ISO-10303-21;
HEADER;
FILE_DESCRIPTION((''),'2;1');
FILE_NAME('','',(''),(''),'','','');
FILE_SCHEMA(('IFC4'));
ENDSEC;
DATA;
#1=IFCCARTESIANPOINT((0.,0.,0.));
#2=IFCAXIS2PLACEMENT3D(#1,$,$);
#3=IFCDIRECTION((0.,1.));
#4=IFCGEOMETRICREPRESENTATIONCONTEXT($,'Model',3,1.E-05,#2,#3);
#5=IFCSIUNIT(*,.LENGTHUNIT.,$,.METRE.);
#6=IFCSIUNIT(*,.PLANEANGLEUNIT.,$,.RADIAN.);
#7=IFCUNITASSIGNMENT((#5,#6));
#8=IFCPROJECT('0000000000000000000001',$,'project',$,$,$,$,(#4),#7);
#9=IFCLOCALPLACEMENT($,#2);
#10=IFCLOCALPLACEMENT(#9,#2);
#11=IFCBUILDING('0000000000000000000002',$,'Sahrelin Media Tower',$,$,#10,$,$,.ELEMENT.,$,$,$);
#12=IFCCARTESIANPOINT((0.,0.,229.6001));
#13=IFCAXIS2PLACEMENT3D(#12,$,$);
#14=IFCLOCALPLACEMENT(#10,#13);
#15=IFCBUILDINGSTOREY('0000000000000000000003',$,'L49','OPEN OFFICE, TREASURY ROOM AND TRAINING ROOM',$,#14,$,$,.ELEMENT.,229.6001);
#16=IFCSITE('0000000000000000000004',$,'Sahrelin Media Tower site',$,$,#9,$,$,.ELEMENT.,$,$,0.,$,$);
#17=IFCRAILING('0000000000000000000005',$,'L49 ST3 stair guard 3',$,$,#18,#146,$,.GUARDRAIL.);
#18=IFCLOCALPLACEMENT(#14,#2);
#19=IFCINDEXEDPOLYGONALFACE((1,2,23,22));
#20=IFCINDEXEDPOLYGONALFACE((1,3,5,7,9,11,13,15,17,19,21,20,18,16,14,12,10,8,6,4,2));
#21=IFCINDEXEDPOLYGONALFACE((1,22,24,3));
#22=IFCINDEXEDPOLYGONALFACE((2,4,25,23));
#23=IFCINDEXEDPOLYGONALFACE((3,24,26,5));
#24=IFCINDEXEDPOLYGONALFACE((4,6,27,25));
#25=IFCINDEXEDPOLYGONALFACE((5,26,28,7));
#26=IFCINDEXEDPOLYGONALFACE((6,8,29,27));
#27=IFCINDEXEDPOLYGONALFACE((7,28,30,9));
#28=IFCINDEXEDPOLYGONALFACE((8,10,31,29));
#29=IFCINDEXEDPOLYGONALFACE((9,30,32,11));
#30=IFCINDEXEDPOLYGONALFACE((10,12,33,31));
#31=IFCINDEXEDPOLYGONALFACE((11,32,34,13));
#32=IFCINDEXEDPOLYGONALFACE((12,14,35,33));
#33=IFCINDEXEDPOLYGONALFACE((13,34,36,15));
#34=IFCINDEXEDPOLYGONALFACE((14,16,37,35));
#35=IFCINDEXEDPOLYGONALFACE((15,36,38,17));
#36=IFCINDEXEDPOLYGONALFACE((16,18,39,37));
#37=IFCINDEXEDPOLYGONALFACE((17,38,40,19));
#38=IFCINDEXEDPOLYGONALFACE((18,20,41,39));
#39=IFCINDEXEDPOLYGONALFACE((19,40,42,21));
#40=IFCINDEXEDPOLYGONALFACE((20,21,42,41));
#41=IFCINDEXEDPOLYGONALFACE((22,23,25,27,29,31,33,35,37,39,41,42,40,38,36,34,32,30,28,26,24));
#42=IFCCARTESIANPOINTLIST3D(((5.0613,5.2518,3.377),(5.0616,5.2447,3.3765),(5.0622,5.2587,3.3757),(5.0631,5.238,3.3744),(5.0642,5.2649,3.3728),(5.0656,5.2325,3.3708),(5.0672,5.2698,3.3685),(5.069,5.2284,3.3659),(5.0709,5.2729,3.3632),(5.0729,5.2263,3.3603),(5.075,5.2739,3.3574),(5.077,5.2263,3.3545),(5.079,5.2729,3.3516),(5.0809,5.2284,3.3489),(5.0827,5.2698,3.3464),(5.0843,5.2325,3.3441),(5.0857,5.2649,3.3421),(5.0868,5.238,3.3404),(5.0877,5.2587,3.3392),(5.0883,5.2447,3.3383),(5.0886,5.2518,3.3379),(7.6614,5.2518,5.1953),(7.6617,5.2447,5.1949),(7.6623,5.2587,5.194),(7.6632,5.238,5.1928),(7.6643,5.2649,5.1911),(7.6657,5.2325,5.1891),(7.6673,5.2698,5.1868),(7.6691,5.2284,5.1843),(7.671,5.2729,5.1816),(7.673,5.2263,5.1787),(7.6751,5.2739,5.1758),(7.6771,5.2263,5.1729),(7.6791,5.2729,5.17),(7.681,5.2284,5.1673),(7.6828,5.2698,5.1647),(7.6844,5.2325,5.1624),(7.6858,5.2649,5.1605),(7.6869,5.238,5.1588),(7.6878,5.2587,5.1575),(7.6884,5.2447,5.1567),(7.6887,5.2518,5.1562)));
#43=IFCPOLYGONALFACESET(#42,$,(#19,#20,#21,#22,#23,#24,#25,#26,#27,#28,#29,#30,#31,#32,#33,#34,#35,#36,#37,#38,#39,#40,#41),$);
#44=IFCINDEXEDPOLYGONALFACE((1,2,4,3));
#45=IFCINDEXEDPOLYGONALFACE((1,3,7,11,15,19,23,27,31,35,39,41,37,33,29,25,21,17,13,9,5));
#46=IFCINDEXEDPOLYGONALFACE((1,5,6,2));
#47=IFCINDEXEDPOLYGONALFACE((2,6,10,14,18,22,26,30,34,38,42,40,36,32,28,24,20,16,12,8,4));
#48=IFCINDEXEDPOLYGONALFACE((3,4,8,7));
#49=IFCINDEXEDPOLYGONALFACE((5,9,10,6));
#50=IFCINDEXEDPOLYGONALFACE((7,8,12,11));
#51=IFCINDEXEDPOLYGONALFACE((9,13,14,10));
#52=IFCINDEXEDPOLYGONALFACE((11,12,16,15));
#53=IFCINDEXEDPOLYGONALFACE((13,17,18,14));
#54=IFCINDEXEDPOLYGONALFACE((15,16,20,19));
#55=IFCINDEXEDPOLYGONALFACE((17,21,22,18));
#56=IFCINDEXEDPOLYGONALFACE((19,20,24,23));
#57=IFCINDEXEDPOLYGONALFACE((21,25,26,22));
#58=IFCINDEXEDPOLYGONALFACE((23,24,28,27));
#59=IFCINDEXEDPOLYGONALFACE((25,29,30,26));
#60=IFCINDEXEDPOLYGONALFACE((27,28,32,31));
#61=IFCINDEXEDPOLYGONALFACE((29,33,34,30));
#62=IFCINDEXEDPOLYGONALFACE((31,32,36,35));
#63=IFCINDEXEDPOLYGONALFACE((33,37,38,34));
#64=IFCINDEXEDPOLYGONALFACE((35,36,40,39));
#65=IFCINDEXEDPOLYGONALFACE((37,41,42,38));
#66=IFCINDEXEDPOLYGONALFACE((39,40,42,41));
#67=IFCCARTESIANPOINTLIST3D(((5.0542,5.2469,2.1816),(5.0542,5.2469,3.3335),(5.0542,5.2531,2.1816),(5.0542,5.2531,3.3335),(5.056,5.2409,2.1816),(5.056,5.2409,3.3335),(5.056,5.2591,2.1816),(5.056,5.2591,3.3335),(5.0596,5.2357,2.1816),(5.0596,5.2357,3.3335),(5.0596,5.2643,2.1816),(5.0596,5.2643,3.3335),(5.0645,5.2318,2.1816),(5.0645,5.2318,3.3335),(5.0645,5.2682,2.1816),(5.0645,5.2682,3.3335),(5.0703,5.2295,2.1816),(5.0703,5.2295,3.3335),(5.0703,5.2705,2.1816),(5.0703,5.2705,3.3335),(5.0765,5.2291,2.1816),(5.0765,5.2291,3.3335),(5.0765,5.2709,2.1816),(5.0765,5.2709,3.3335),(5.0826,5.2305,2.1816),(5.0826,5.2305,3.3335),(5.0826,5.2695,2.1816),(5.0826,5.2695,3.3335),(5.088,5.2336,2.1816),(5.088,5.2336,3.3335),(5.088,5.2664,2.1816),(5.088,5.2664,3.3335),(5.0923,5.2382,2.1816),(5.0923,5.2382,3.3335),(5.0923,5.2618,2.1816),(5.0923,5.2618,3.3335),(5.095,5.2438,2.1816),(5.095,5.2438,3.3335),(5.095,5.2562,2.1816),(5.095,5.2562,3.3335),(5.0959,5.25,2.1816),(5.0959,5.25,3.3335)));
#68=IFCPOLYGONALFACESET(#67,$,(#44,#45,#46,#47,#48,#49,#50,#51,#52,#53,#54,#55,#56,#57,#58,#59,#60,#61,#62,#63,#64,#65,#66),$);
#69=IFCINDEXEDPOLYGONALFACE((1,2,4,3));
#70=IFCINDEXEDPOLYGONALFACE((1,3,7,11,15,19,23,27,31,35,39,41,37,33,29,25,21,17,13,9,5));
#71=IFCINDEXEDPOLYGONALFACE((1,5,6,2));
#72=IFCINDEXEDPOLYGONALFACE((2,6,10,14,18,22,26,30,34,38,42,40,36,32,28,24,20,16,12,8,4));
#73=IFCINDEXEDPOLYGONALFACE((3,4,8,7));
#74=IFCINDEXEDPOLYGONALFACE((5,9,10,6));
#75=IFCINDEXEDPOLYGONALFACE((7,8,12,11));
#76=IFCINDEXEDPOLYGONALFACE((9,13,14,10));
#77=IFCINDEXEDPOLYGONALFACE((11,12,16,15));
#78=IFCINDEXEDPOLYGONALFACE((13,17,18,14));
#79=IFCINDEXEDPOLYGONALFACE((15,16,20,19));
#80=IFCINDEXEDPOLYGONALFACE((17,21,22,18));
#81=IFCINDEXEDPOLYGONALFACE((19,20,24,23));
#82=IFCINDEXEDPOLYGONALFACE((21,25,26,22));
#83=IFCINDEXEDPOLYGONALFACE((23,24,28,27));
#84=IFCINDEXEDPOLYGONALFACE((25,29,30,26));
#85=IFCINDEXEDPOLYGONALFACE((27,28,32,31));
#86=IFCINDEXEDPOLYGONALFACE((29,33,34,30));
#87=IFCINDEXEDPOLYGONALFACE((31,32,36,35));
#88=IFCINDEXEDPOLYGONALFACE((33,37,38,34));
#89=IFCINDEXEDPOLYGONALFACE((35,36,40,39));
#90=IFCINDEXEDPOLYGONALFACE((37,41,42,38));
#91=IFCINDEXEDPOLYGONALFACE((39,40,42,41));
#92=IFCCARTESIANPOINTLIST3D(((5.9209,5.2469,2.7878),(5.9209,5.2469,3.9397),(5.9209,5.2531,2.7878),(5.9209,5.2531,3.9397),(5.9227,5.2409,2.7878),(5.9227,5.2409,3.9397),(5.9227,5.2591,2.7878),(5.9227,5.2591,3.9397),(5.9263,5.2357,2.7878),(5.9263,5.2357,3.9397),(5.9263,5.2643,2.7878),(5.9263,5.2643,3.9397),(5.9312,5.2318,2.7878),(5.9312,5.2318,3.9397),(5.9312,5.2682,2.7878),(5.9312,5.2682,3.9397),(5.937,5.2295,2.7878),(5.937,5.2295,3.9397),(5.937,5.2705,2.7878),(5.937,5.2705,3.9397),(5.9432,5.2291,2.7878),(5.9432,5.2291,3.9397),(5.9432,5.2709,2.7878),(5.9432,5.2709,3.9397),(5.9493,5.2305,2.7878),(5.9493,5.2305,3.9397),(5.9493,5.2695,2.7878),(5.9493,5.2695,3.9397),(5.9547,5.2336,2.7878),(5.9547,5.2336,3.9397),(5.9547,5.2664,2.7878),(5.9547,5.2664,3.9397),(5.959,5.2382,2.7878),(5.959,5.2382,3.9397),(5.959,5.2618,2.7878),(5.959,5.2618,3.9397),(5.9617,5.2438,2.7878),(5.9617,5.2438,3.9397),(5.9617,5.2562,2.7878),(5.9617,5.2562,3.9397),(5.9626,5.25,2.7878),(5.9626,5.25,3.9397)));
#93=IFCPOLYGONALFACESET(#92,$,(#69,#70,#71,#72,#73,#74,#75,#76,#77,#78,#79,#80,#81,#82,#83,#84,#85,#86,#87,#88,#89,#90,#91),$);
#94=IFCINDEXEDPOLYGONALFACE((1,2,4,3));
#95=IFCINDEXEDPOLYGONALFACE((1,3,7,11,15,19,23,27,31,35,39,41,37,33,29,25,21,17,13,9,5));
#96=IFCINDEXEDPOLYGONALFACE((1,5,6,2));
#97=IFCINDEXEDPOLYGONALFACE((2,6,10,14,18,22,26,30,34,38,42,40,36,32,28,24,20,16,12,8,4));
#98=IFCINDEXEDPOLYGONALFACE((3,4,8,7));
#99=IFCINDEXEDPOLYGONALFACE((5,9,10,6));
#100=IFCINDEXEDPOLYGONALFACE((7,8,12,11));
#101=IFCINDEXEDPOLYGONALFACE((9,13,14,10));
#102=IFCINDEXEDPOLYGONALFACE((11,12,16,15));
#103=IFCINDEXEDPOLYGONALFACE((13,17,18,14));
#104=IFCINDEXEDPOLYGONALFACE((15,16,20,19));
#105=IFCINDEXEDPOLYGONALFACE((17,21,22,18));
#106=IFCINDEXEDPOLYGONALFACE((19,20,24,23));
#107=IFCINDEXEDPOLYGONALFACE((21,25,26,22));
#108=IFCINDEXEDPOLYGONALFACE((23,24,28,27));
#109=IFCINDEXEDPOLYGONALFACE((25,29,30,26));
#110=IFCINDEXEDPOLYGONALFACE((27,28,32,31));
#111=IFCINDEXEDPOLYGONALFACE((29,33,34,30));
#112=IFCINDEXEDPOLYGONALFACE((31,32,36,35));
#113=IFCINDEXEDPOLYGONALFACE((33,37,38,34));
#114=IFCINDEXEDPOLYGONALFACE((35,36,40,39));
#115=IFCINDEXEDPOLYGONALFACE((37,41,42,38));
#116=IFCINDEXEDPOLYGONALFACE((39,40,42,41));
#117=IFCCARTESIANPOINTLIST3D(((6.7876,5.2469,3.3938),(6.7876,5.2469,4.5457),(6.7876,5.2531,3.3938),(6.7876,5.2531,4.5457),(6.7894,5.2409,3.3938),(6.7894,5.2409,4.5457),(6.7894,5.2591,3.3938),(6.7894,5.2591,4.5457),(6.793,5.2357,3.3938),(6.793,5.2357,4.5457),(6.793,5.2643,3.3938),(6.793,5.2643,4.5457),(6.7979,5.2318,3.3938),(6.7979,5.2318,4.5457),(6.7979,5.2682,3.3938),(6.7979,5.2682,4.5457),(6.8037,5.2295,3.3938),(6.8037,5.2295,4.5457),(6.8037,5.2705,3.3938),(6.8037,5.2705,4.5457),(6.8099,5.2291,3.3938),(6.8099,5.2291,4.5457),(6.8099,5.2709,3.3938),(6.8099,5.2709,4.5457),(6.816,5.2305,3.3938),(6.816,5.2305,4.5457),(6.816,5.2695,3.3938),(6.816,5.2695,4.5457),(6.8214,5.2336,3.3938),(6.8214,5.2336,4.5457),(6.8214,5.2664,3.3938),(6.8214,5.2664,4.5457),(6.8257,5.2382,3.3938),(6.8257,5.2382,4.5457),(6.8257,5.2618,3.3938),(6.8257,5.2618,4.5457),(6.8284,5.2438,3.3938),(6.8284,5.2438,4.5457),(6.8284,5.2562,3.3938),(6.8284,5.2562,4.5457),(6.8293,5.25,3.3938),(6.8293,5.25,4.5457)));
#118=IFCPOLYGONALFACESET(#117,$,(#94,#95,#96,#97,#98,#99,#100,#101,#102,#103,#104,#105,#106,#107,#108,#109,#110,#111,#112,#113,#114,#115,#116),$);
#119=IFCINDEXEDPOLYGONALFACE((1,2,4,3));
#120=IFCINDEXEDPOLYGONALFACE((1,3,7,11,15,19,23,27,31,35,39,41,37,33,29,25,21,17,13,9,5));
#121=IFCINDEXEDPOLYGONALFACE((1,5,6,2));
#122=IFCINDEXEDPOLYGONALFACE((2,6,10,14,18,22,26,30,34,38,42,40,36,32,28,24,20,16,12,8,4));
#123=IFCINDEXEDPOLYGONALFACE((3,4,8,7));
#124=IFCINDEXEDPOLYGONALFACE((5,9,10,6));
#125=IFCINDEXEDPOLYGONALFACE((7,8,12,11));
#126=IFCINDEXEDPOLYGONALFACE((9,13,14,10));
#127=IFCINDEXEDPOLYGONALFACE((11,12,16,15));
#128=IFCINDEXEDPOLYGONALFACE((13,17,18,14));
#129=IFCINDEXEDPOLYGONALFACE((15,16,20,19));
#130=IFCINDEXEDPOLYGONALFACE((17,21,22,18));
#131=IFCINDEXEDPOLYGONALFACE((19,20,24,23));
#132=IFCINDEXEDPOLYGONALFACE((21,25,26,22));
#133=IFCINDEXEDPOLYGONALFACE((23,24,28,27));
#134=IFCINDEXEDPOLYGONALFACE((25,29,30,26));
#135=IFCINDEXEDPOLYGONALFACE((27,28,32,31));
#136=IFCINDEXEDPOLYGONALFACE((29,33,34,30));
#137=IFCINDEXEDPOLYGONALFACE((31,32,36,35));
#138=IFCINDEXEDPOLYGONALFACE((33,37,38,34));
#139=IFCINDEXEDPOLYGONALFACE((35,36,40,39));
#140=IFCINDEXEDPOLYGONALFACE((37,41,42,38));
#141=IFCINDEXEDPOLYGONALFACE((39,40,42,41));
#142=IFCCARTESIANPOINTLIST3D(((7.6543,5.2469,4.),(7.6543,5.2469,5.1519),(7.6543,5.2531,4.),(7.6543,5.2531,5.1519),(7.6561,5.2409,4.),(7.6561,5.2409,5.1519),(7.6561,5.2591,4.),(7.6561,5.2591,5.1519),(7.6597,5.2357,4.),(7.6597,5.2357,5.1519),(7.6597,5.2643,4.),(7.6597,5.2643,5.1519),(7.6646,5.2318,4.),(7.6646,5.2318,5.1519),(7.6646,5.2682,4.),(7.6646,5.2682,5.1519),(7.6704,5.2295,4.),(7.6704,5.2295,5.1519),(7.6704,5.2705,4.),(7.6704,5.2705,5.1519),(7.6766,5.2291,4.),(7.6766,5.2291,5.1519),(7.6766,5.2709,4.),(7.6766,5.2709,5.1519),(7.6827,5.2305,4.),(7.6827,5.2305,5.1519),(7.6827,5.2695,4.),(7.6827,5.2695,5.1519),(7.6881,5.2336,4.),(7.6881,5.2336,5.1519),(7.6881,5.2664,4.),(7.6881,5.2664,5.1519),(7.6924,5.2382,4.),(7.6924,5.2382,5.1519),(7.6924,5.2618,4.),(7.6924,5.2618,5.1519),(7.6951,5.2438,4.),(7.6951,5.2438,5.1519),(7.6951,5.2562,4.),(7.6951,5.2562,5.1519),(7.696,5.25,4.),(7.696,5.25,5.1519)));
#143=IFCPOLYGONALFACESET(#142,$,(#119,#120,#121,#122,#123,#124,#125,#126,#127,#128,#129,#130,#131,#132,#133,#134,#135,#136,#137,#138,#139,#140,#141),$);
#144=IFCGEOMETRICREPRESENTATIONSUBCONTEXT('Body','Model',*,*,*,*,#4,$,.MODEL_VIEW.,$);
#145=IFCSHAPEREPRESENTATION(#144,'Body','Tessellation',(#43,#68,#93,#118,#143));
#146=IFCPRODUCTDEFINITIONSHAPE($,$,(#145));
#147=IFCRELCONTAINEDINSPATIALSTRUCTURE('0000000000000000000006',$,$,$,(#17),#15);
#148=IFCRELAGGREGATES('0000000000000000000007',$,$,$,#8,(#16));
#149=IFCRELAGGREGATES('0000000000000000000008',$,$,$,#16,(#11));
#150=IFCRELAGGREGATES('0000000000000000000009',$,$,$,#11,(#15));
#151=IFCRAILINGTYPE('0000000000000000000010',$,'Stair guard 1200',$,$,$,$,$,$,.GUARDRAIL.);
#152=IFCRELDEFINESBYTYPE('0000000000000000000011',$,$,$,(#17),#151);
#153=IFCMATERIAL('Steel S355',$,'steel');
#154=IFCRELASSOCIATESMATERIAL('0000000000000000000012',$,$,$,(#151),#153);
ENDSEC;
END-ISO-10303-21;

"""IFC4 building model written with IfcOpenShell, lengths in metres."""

from ifc_helpers import new_model, si_unit, direction, frame, origin, origin_2d, place, context, subcontext, project, spatial, circle, extrude, material, type_object, element, save


model = new_model("IFC4")

# Units and contexts
model_context = context("Model", 3, precision=1e-05, world=origin(), true_north=direction((0.0, 1.0)))
body_context = subcontext(model_context, "Body", "Model", "MODEL_VIEW")
ifc_project = project(units=[si_unit("LENGTHUNIT", "METRE"), si_unit("PLANEANGLEUNIT", "RADIAN")], contexts=[model_context])

# Site, building, storey
site_placement = place(None, origin())
site = spatial("IfcSite", under=ifc_project, at=site_placement, Name="Sahrelin Media Tower site", CompositionType="ELEMENT", RefElevation=0.0)
building_placement = place(site_placement, origin())
building = spatial("IfcBuilding", under=site, at=building_placement, Name="Sahrelin Media Tower", CompositionType="ELEMENT")
storey_placement = place(building_placement, frame((0.0, 0.0, 229.6001)))
storey = spatial("IfcBuildingStorey", under=building, at=storey_placement, Name="L49", Description="OPEN OFFICE, TREASURY ROOM AND TRAINING ROOM", CompositionType="ELEMENT", Elevation=229.6001)

# Shared definitions
ifc_material_1 = material(Name="Steel S355", Category="steel")

# Railing
railing_type_1 = type_object("IfcRailingType", Name="Stair guard 1200", PredefinedType="GUARDRAIL", material=ifc_material_1)
railing_1_placement = place(storey_placement, frame((5.075, 5.25, 2.1816)))
element("IfcRailing", 1, at=railing_1_placement, inside=storey, type_object=railing_type_1, Name="L49 ST3 stair guard 3", PredefinedType="GUARDRAIL", context=body_context, shape_type="SweptSolid", body=[
    extrude(circle(Radius=0.0239, at=origin_2d()), frame((0.0, 0.0, 1.1758), z_axis=(0.819485, 0.0, 0.573101), x_axis=(0.0, 1.0, 0.0)), (0.0, 0.0, 1.0), 3.1729),
    extrude(circle(Radius=0.021, at=origin_2d()), origin(), (0.0, 0.0, 1.0), 1.1519),
    extrude(circle(Radius=0.021, at=origin_2d()), frame((0.8667, 0.0, 0.6062)), (0.0, 0.0, 1.0), 1.1519),
    extrude(circle(Radius=0.021, at=origin_2d()), frame((1.7334, 0.0, 1.2122)), (0.0, 0.0, 1.0), 1.1519),
    extrude(circle(Radius=0.021, at=origin_2d()), frame((2.6001, 0.0, 1.8184)), (0.0, 0.0, 1.0), 1.1519),
])

save(model, "model.ifc")
